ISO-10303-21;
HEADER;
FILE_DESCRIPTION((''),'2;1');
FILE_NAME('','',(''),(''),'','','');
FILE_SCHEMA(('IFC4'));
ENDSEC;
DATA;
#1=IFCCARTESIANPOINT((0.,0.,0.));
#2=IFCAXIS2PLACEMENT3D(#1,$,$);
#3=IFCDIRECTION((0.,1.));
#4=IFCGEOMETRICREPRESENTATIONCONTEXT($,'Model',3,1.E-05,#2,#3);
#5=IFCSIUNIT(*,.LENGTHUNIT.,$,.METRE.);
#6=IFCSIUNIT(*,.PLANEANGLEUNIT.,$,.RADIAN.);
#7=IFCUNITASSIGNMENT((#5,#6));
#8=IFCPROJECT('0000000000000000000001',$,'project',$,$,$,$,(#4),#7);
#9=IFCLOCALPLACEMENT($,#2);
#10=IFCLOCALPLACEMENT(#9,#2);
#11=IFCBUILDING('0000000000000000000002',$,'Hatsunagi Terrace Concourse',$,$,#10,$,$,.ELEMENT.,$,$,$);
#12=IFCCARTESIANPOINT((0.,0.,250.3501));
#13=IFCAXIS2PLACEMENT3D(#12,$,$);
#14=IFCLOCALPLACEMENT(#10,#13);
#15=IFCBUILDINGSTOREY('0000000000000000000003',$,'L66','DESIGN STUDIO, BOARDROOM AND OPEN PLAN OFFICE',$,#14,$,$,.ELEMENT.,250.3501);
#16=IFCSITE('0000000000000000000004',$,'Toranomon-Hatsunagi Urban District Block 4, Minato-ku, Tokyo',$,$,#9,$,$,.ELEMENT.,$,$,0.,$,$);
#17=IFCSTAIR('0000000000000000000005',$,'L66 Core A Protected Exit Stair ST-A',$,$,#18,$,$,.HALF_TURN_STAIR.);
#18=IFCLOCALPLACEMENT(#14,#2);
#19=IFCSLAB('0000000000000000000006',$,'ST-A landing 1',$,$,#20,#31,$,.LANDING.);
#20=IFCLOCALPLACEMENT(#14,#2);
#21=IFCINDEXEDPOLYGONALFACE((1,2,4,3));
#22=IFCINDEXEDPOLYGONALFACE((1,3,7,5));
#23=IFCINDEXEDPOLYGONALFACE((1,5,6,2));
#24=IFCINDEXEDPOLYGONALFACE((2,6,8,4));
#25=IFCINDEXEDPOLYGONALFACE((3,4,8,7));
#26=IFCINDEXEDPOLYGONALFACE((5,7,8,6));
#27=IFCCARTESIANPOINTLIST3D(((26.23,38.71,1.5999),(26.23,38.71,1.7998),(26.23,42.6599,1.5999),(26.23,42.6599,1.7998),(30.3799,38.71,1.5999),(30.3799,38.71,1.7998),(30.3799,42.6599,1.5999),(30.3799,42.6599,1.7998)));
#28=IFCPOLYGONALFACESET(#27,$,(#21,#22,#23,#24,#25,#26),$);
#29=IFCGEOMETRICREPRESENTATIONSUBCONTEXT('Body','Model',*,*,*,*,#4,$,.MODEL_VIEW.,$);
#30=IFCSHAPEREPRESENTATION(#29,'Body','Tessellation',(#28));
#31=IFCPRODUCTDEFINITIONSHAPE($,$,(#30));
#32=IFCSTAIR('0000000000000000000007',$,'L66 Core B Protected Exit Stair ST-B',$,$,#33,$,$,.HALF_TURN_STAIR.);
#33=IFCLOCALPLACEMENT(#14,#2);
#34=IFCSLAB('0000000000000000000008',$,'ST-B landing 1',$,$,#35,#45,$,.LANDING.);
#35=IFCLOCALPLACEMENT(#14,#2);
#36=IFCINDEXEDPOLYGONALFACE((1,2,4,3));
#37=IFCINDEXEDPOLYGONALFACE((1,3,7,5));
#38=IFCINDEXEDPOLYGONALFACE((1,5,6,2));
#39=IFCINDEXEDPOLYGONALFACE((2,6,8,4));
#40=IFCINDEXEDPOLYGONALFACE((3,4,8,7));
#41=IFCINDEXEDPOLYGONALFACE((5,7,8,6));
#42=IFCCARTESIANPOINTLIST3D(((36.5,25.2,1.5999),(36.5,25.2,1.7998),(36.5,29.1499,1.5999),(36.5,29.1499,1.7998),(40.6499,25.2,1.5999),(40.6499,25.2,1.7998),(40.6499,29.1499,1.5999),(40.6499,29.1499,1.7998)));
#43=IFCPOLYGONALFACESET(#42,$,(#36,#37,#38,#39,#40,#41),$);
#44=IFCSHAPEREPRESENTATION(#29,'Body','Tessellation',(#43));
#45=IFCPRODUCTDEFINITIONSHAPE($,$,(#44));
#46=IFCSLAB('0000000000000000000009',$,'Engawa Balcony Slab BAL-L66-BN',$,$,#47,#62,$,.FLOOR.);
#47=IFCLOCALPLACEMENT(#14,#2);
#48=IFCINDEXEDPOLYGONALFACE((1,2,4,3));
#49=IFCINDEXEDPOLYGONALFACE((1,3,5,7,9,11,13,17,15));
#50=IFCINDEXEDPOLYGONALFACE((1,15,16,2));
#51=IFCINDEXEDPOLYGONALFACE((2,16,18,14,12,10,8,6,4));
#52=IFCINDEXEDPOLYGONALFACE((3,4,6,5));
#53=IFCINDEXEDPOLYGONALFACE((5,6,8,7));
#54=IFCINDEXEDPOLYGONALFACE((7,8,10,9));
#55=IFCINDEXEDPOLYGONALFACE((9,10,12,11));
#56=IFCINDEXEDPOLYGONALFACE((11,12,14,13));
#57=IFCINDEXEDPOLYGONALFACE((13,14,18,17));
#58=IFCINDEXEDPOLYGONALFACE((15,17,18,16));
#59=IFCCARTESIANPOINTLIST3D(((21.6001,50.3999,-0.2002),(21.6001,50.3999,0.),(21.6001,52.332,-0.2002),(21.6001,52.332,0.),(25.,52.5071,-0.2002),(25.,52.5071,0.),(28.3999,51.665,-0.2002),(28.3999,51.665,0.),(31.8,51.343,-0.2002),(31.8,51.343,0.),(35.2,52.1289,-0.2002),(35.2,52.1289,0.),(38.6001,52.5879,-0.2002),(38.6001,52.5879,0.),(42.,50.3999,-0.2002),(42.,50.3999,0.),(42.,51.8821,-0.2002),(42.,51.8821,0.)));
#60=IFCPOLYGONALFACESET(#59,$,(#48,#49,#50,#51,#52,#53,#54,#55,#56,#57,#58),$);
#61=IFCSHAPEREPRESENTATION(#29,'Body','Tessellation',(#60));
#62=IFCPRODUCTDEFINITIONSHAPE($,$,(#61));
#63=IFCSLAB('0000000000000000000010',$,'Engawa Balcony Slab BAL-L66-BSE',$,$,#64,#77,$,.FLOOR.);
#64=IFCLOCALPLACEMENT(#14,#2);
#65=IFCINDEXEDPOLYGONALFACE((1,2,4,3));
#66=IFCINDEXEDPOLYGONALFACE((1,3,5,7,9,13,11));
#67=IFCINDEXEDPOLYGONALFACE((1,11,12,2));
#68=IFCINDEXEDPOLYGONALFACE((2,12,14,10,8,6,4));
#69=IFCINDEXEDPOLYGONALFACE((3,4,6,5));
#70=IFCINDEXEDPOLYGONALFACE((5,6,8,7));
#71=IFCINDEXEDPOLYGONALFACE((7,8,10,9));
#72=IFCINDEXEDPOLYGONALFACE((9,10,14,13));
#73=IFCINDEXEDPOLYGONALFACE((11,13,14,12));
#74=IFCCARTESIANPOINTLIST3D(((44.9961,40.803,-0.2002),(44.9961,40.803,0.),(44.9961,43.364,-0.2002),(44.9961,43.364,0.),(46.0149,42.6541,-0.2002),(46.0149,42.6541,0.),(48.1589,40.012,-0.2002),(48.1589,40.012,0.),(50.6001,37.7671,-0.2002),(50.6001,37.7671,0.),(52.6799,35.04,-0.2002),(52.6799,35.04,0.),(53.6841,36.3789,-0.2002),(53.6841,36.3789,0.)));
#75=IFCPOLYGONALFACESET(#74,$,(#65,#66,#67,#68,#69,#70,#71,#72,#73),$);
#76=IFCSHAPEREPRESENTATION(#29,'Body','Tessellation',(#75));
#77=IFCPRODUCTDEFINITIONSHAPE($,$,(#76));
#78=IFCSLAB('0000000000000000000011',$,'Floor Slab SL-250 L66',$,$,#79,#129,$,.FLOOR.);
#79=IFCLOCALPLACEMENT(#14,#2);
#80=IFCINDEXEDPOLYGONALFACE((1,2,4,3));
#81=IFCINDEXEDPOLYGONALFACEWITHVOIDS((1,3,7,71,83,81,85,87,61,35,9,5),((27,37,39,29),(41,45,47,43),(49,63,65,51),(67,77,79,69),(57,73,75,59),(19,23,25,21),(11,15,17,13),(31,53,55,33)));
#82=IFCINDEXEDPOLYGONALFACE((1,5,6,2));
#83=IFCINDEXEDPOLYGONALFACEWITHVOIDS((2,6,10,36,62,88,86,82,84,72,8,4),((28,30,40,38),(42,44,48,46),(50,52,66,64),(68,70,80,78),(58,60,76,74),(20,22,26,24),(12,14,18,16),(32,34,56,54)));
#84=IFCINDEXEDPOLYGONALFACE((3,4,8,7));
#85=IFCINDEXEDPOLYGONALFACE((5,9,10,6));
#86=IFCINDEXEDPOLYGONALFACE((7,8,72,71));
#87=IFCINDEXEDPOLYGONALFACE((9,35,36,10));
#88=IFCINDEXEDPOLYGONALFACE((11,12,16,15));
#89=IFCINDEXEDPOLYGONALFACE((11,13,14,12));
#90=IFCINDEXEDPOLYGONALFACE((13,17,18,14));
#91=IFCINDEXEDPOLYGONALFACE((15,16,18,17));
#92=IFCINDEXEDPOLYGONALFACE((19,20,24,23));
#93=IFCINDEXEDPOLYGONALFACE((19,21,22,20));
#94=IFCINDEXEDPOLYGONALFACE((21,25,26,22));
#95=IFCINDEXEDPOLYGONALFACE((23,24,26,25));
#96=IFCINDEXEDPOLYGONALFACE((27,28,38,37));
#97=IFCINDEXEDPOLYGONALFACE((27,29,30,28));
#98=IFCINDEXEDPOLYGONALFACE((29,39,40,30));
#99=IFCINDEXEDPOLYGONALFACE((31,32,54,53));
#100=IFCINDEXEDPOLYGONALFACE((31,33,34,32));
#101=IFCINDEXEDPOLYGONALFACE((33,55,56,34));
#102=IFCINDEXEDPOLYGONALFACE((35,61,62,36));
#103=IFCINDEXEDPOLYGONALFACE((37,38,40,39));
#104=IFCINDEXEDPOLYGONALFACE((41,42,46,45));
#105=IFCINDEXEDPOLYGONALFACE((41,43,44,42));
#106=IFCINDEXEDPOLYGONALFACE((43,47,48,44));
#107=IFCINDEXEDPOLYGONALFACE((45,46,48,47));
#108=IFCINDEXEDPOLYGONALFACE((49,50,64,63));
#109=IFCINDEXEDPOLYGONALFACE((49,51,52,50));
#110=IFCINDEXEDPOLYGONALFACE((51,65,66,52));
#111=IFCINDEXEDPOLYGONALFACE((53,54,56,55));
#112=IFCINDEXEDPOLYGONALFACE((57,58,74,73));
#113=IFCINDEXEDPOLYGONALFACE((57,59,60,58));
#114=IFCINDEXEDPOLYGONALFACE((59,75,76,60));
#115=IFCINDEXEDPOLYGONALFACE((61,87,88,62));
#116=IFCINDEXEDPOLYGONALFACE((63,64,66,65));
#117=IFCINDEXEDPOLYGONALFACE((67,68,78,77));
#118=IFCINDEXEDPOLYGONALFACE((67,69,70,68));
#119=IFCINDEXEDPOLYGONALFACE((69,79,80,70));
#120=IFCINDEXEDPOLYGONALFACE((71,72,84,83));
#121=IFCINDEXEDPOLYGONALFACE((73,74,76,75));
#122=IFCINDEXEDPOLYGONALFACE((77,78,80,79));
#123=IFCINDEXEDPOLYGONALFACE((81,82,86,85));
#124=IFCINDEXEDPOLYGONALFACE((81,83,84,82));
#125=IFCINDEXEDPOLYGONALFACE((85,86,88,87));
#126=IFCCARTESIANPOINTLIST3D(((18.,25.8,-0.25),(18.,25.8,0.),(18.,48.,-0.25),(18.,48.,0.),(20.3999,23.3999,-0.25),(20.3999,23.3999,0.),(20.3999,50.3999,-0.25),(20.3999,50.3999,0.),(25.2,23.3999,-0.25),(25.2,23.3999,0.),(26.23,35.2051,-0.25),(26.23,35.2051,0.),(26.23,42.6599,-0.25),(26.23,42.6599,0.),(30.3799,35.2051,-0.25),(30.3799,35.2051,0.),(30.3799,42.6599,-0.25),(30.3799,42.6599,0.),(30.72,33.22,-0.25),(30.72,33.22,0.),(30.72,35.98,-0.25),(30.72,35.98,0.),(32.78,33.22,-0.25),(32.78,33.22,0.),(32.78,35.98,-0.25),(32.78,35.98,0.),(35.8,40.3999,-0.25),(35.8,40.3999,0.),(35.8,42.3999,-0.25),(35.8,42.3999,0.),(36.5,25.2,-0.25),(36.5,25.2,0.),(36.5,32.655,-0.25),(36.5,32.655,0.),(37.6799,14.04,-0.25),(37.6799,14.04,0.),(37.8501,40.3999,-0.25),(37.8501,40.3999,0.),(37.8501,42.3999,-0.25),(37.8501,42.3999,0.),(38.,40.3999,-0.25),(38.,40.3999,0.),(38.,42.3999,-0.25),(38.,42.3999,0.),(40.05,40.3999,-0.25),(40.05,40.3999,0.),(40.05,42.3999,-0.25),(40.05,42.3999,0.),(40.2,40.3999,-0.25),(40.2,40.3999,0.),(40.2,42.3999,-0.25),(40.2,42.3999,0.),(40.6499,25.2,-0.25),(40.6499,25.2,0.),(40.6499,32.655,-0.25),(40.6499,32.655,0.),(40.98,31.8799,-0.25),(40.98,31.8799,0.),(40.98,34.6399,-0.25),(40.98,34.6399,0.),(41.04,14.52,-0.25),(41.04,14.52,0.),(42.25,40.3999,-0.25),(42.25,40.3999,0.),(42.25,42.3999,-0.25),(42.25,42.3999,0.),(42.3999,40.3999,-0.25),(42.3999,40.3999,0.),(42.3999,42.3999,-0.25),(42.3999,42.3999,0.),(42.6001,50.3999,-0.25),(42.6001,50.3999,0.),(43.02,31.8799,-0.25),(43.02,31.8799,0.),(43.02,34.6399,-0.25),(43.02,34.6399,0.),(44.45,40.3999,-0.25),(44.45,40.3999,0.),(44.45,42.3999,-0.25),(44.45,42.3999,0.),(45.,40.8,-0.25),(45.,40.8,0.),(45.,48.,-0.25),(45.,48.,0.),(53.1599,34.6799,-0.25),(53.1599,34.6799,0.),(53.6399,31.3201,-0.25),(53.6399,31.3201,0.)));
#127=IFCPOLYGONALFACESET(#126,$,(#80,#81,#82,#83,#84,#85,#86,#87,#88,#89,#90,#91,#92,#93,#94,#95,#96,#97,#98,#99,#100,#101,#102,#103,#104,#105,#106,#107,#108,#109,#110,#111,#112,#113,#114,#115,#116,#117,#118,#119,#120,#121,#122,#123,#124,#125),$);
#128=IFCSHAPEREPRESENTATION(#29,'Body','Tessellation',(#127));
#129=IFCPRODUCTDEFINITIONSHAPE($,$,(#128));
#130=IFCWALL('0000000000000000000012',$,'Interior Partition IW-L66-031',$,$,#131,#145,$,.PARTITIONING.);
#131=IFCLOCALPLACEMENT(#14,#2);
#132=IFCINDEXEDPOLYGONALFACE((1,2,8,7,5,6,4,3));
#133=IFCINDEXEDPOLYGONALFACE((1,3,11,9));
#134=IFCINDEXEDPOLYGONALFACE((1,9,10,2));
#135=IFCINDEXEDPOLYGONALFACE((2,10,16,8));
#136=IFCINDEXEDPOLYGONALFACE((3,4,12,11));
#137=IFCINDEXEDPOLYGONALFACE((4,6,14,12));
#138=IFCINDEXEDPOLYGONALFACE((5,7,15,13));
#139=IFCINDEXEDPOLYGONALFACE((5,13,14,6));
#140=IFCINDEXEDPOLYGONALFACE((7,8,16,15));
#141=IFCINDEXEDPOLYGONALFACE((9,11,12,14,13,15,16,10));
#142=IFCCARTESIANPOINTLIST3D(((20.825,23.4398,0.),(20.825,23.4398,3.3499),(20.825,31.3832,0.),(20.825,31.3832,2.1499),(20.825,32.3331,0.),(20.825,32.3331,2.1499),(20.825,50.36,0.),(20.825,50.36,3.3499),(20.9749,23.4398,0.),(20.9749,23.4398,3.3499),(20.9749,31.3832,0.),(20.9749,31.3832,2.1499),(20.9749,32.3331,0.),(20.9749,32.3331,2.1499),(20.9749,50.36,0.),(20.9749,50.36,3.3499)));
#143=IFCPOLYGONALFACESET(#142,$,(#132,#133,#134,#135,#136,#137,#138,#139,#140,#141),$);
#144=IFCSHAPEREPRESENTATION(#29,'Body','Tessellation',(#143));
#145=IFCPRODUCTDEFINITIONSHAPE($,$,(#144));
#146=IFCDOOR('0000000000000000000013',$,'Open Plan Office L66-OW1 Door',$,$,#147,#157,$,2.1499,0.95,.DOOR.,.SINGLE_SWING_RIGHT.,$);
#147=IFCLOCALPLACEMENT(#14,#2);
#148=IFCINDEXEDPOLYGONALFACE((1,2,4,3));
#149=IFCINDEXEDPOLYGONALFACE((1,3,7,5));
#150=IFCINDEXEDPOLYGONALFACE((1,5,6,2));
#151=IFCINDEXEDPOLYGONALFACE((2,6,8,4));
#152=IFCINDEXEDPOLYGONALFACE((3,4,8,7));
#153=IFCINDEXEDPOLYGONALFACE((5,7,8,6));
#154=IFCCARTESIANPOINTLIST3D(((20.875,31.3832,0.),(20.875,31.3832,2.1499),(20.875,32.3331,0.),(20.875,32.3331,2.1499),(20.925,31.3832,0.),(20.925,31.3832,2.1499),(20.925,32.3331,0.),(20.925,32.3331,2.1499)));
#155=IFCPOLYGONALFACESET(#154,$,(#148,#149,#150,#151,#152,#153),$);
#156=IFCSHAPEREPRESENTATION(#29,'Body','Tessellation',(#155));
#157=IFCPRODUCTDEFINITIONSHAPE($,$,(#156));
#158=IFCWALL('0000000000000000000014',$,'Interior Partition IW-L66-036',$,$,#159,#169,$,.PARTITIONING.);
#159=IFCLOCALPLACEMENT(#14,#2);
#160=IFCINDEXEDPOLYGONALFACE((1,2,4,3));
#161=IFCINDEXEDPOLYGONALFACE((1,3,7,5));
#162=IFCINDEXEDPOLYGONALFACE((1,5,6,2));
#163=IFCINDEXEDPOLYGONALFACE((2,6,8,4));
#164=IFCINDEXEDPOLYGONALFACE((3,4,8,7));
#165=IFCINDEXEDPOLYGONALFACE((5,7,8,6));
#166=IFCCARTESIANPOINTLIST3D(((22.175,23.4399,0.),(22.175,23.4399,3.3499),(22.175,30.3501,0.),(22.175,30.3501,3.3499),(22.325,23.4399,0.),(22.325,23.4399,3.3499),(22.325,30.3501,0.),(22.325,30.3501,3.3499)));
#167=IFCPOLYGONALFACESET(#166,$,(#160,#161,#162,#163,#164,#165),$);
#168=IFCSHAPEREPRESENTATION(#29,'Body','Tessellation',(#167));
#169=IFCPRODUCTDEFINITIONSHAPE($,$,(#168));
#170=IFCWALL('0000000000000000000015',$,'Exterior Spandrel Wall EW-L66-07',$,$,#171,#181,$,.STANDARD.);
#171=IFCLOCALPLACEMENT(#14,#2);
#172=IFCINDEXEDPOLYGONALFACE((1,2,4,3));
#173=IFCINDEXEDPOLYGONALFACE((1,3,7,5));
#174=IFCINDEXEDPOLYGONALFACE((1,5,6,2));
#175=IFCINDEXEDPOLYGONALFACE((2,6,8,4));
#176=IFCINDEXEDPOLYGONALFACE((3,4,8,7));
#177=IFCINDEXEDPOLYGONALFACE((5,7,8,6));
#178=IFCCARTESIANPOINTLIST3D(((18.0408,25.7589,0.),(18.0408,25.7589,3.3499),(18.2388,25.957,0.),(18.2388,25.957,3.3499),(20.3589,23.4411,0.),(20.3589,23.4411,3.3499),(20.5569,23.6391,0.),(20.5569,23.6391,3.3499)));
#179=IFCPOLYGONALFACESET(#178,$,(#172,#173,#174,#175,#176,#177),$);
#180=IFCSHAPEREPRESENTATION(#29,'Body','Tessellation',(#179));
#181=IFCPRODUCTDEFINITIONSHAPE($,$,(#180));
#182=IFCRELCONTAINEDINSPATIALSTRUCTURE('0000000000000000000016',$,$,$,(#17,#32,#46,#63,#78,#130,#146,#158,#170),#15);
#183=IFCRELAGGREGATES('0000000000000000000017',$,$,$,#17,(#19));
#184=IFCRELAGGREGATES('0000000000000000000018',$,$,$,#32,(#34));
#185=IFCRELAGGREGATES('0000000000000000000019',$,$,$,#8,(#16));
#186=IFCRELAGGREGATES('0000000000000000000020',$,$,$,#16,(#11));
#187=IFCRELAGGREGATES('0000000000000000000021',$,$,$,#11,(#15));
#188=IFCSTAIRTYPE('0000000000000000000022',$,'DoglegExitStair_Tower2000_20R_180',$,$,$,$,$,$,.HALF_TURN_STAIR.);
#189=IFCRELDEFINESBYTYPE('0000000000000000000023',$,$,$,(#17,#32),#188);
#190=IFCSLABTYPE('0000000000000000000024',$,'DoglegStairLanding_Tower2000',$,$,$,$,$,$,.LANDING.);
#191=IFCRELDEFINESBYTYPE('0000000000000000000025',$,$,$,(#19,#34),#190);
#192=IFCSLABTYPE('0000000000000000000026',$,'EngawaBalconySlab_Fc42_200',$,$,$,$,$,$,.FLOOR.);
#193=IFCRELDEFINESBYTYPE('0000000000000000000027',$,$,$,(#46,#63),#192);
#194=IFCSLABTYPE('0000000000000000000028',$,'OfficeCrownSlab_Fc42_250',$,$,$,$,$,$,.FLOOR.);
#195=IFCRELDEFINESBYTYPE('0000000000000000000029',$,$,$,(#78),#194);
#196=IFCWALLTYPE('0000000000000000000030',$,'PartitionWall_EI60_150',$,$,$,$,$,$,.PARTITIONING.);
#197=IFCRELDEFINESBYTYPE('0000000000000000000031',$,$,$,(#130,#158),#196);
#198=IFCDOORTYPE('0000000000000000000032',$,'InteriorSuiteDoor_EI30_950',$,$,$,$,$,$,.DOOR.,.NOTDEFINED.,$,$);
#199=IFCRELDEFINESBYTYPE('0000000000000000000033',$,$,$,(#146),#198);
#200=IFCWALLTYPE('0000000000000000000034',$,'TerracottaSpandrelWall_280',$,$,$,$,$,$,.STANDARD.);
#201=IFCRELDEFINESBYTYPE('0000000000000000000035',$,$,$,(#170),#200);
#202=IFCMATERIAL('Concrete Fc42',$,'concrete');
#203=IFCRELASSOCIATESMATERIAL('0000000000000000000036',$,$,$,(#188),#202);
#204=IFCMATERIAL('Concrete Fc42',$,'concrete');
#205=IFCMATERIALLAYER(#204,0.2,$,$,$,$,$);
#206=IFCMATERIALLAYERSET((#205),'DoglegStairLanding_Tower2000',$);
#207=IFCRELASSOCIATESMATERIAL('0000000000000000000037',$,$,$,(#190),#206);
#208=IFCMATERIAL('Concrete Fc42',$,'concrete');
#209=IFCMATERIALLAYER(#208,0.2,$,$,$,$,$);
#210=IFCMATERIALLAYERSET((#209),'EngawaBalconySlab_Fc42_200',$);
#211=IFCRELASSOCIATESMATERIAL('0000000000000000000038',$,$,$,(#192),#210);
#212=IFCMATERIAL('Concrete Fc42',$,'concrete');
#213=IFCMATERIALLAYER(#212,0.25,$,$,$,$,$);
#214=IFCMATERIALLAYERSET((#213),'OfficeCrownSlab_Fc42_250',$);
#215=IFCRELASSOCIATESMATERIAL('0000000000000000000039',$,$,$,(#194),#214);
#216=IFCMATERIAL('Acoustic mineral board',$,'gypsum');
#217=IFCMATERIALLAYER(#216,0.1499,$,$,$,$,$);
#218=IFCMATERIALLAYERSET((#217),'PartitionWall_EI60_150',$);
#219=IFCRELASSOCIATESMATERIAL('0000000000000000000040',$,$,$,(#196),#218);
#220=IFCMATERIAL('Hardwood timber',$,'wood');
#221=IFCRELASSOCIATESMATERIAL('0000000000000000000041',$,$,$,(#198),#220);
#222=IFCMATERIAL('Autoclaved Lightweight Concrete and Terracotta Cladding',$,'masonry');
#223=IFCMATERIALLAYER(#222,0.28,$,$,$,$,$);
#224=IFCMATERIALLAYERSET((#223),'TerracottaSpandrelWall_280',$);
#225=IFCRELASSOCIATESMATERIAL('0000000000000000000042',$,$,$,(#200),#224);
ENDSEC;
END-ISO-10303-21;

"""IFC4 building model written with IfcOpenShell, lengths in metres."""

from ifc_helpers import new_model, si_unit, direction, frame, frame_2d, origin, place, context, subcontext, project, spatial, polyline, rectangle, outline, extrude, material, layer, layer_set, type_object, element, fill, aggregate, save


model = new_model("IFC4")

# Units and contexts
model_context = context("Model", 3, precision=1e-05, world=origin(), true_north=direction((0.0, 1.0)))
body_context = subcontext(model_context, "Body", "Model", "MODEL_VIEW")
ifc_project = project(units=[si_unit("LENGTHUNIT", "METRE"), si_unit("PLANEANGLEUNIT", "RADIAN")], contexts=[model_context])

# Site, building, storey
site_placement = place(None, origin())
site = spatial("IfcSite", under=ifc_project, at=site_placement, Name="Toranomon-Hatsunagi Urban District Block 4, Minato-ku, Tokyo", CompositionType="ELEMENT", RefElevation=0.0)
building_placement = place(site_placement, origin())
building = spatial("IfcBuilding", under=site, at=building_placement, Name="Hatsunagi Terrace Concourse", CompositionType="ELEMENT")
storey_placement = place(building_placement, frame((0.0, 0.0, 250.3501)))
storey = spatial("IfcBuildingStorey", under=building, at=storey_placement, Name="L66", Description="DESIGN STUDIO, BOARDROOM AND OPEN PLAN OFFICE", CompositionType="ELEMENT", Elevation=250.3501)

# Stairs, slabs
ifc_material_1 = material(Name="Concrete Fc42", Category="concrete")
stair_type = type_object("IfcStairType", Name="DoglegExitStair_Tower2000_20R_180", PredefinedType="HALF_TURN_STAIR", material=ifc_material_1)
stair_1_placement = place(storey_placement, origin())
stair_1 = element("IfcStair", 1, at=stair_1_placement, inside=storey, type_object=stair_type, Name="L66 Core A Protected Exit Stair ST-A", PredefinedType="HALF_TURN_STAIR")
ifc_material_2 = material(Name="Concrete Fc42", Category="concrete")
ifc_layer_1 = layer(ifc_material_2, 0.2)
ifc_layer_set_1 = layer_set([ifc_layer_1], Name="DoglegStairLanding_Tower2000")
slab_type_1 = type_object("IfcSlabType", Name="DoglegStairLanding_Tower2000", PredefinedType="LANDING", material=ifc_layer_set_1)
slab_1_placement = place(storey_placement, frame((0.0, 0.0, 1.5999)))
slab_1 = element("IfcSlab", 2, at=slab_1_placement, type_object=slab_type_1, Name="ST-A landing 1", PredefinedType="LANDING", context=body_context, shape_type="SweptSolid", body=[
    extrude(outline(polyline([(30.3799, 38.71), (30.3799, 42.6599), (26.23, 42.6599), (26.23, 38.71), (30.3799, 38.71)])), origin(), (0.0, 0.0, 1.0), 0.2),
])
aggregate(stair_1, [slab_1])
stair_2_placement = place(storey_placement, origin())
stair_2 = element("IfcStair", 3, at=stair_2_placement, inside=storey, type_object=stair_type, Name="L66 Core B Protected Exit Stair ST-B", PredefinedType="HALF_TURN_STAIR")
slab_2_placement = place(storey_placement, frame((0.0, 0.0, 1.5999)))
slab_2 = element("IfcSlab", 4, at=slab_2_placement, type_object=slab_type_1, Name="ST-B landing 1", PredefinedType="LANDING", context=body_context, shape_type="SweptSolid", body=[
    extrude(outline(polyline([(36.5, 29.1499), (36.5, 25.2), (40.6499, 25.2), (40.6499, 29.1499), (36.5, 29.1499)])), origin(), (0.0, 0.0, 1.0), 0.2),
])
aggregate(stair_2, [slab_2])

# Slabs
ifc_material_3 = material(Name="Concrete Fc42", Category="concrete")
ifc_layer_2 = layer(ifc_material_3, 0.2)
ifc_layer_set_2 = layer_set([ifc_layer_2], Name="EngawaBalconySlab_Fc42_200")
slab_type_2 = type_object("IfcSlabType", Name="EngawaBalconySlab_Fc42_200", PredefinedType="FLOOR", material=ifc_layer_set_2)
slab_3_placement = place(storey_placement, frame((0.0, 0.0, -0.2002)))
element("IfcSlab", 5, at=slab_3_placement, inside=storey, type_object=slab_type_2, Name="Engawa Balcony Slab BAL-L66-BN", PredefinedType="FLOOR", context=body_context, shape_type="SweptSolid", body=[
    extrude(outline(polyline([(21.6001, 52.332), (21.6001, 50.3999), (42.0, 50.3999), (42.0, 51.8821), (38.6001, 52.5879), (35.2, 52.1289), (31.8, 51.343), (28.3999, 51.665), (25.0, 52.5071), (21.6001, 52.332)])), origin(), (0.0, 0.0, 1.0), 0.2002),
])
slab_4_placement = place(storey_placement, frame((0.0, 0.0, -0.2002)))
element("IfcSlab", 6, at=slab_4_placement, inside=storey, type_object=slab_type_2, Name="Engawa Balcony Slab BAL-L66-BSE", PredefinedType="FLOOR", context=body_context, shape_type="SweptSolid", body=[
    extrude(outline(polyline([(46.0149, 42.6541), (44.9961, 43.364), (44.9961, 40.803), (52.6799, 35.04), (53.6841, 36.3789), (50.6001, 37.7671), (48.1589, 40.012), (46.0149, 42.6541)])), origin(), (0.0, 0.0, 1.0), 0.2002),
])
ifc_material_4 = material(Name="Concrete Fc42", Category="concrete")
ifc_layer_3 = layer(ifc_material_4, 0.25)
ifc_layer_set_3 = layer_set([ifc_layer_3], Name="OfficeCrownSlab_Fc42_250")
slab_type_3 = type_object("IfcSlabType", Name="OfficeCrownSlab_Fc42_250", PredefinedType="FLOOR", material=ifc_layer_set_3)
slab_5_placement = place(storey_placement, frame((0.0, 0.0, -0.25)))
element("IfcSlab", 7, at=slab_5_placement, inside=storey, type_object=slab_type_3, Name="Floor Slab SL-250 L66", PredefinedType="FLOOR", context=body_context, shape_type="SweptSolid", body=[
    extrude(outline(polyline([(45.0, 40.8), (45.0, 48.0), (42.6001, 50.3999), (20.3999, 50.3999), (18.0, 48.0), (18.0, 25.8), (20.3999, 23.3999), (25.2, 23.3999), (37.6799, 14.04), (41.04, 14.52), (53.6399, 31.3201), (53.1599, 34.6799), (45.0, 40.8)]), holes=[polyline([(26.23, 35.2051), (30.3799, 35.2051), (30.3799, 42.6599), (26.23, 42.6599), (26.23, 35.2051)]), polyline([(36.5, 25.2), (40.6499, 25.2), (40.6499, 32.655), (36.5, 32.655), (36.5, 25.2)]), polyline([(30.72, 33.22), (32.78, 33.22), (32.78, 35.98), (30.72, 35.98), (30.72, 33.22)]), polyline([(40.98, 31.8799), (43.02, 31.8799), (43.02, 34.6399), (40.98, 34.6399), (40.98, 31.8799)]), polyline([(35.8, 40.3999), (37.8501, 40.3999), (37.8501, 42.3999), (35.8, 42.3999), (35.8, 40.3999)]), polyline([(38.0, 40.3999), (40.05, 40.3999), (40.05, 42.3999), (38.0, 42.3999), (38.0, 40.3999)]), polyline([(40.2, 40.3999), (42.25, 40.3999), (42.25, 42.3999), (40.2, 42.3999), (40.2, 40.3999)]), polyline([(42.3999, 40.3999), (44.45, 40.3999), (44.45, 42.3999), (42.3999, 42.3999), (42.3999, 40.3999)])]), origin(), (0.0, 0.0, 1.0), 0.25),
])

# Wall, opening, door
ifc_material_5 = material(Name="Acoustic mineral board", Category="gypsum")
ifc_layer_4 = layer(ifc_material_5, 0.1499)
ifc_layer_set_4 = layer_set([ifc_layer_4], Name="PartitionWall_EI60_150")
wall_type_1 = type_object("IfcWallType", Name="PartitionWall_EI60_150", PredefinedType="PARTITIONING", material=ifc_layer_set_4)
wall_1_placement = place(storey_placement, frame((20.8999, 23.4399, 0.0), z_axis=(0.0, 0.0, 1.0), x_axis=(0.0, 1.0, 0.0)))
wall_1 = element("IfcWall", 8, at=wall_1_placement, inside=storey, type_object=wall_type_1, Name="Interior Partition IW-L66-031", PredefinedType="PARTITIONING", context=body_context, shape_type="SweptSolid", body=[
    extrude(rectangle(XDim=26.9202, YDim=0.1499, at=frame_2d((13.46, 0.0))), origin(), (0.0, 0.0, 1.0), 3.3499),
])
opening_placement = place(wall_1_placement, frame((7.9431, 0.0, 0.0)))
opening = element("IfcOpeningElement", 9, at=opening_placement, cuts=wall_1, PredefinedType="OPENING", context=body_context, shape_type="SweptSolid", body=[
    extrude(rectangle(XDim=0.95, YDim=2.1499, at=frame_2d((0.4751, 1.075))), frame((0.0, 0.085, 0.0), z_axis=(0.0, -1.0, 0.0), x_axis=(1.0, 0.0, 0.0)), (0.0, 0.0, 1.0), 0.1699),
])
ifc_material_6 = material(Name="Hardwood timber", Category="wood")
door_type = type_object("IfcDoorType", Name="InteriorSuiteDoor_EI30_950", OperationType="NOTDEFINED", PredefinedType="DOOR", material=ifc_material_6)
door_placement = place(opening_placement, origin())
door = element("IfcDoor", 10, at=door_placement, inside=storey, type_object=door_type, Name="Open Plan Office L66-OW1 Door", OperationType="SINGLE_SWING_RIGHT", OverallHeight=2.1499, OverallWidth=0.95, PredefinedType="DOOR", context=body_context, shape_type="SweptSolid", body=[
    extrude(rectangle(XDim=0.95, YDim=2.1499, at=frame_2d((0.4751, 1.075))), frame((0.0, 0.0249, 0.0), z_axis=(0.0, -1.0, 0.0), x_axis=(1.0, 0.0, 0.0)), (0.0, 0.0, 1.0), 0.05),
])
fill(opening, door)

# Walls
wall_2_placement = place(storey_placement, frame((22.25, 23.4399, 0.0), z_axis=(0.0, 0.0, 1.0), x_axis=(0.0, 1.0, 0.0)))
element("IfcWall", 11, at=wall_2_placement, inside=storey, type_object=wall_type_1, Name="Interior Partition IW-L66-036", PredefinedType="PARTITIONING", context=body_context, shape_type="SweptSolid", body=[
    extrude(rectangle(XDim=6.9102, YDim=0.1499, at=frame_2d((3.4551, 0.0))), origin(), (0.0, 0.0, 1.0), 3.3499),
])
ifc_material_7 = material(Name="Autoclaved Lightweight Concrete and Terracotta Cladding", Category="masonry")
ifc_layer_5 = layer(ifc_material_7, 0.28)
ifc_layer_set_5 = layer_set([ifc_layer_5], Name="TerracottaSpandrelWall_280")
wall_type_2 = type_object("IfcWallType", Name="TerracottaSpandrelWall_280", PredefinedType="STANDARD", material=ifc_layer_set_5)
wall_3_placement = place(storey_placement, frame((20.458, 23.54, 0.0), z_axis=(0.0, 0.0, 1.0), x_axis=(-0.707144, 0.70707, 0.0)))
element("IfcWall", 12, at=wall_3_placement, inside=storey, type_object=wall_type_2, Name="Exterior Spandrel Wall EW-L66-07", PredefinedType="STANDARD", context=body_context, shape_type="SweptSolid", body=[
    extrude(rectangle(XDim=3.2781, YDim=0.28, at=frame_2d((1.6392, 0.0))), origin(), (0.0, 0.0, 1.0), 3.3499),
])

save(model, "model.ifc")
